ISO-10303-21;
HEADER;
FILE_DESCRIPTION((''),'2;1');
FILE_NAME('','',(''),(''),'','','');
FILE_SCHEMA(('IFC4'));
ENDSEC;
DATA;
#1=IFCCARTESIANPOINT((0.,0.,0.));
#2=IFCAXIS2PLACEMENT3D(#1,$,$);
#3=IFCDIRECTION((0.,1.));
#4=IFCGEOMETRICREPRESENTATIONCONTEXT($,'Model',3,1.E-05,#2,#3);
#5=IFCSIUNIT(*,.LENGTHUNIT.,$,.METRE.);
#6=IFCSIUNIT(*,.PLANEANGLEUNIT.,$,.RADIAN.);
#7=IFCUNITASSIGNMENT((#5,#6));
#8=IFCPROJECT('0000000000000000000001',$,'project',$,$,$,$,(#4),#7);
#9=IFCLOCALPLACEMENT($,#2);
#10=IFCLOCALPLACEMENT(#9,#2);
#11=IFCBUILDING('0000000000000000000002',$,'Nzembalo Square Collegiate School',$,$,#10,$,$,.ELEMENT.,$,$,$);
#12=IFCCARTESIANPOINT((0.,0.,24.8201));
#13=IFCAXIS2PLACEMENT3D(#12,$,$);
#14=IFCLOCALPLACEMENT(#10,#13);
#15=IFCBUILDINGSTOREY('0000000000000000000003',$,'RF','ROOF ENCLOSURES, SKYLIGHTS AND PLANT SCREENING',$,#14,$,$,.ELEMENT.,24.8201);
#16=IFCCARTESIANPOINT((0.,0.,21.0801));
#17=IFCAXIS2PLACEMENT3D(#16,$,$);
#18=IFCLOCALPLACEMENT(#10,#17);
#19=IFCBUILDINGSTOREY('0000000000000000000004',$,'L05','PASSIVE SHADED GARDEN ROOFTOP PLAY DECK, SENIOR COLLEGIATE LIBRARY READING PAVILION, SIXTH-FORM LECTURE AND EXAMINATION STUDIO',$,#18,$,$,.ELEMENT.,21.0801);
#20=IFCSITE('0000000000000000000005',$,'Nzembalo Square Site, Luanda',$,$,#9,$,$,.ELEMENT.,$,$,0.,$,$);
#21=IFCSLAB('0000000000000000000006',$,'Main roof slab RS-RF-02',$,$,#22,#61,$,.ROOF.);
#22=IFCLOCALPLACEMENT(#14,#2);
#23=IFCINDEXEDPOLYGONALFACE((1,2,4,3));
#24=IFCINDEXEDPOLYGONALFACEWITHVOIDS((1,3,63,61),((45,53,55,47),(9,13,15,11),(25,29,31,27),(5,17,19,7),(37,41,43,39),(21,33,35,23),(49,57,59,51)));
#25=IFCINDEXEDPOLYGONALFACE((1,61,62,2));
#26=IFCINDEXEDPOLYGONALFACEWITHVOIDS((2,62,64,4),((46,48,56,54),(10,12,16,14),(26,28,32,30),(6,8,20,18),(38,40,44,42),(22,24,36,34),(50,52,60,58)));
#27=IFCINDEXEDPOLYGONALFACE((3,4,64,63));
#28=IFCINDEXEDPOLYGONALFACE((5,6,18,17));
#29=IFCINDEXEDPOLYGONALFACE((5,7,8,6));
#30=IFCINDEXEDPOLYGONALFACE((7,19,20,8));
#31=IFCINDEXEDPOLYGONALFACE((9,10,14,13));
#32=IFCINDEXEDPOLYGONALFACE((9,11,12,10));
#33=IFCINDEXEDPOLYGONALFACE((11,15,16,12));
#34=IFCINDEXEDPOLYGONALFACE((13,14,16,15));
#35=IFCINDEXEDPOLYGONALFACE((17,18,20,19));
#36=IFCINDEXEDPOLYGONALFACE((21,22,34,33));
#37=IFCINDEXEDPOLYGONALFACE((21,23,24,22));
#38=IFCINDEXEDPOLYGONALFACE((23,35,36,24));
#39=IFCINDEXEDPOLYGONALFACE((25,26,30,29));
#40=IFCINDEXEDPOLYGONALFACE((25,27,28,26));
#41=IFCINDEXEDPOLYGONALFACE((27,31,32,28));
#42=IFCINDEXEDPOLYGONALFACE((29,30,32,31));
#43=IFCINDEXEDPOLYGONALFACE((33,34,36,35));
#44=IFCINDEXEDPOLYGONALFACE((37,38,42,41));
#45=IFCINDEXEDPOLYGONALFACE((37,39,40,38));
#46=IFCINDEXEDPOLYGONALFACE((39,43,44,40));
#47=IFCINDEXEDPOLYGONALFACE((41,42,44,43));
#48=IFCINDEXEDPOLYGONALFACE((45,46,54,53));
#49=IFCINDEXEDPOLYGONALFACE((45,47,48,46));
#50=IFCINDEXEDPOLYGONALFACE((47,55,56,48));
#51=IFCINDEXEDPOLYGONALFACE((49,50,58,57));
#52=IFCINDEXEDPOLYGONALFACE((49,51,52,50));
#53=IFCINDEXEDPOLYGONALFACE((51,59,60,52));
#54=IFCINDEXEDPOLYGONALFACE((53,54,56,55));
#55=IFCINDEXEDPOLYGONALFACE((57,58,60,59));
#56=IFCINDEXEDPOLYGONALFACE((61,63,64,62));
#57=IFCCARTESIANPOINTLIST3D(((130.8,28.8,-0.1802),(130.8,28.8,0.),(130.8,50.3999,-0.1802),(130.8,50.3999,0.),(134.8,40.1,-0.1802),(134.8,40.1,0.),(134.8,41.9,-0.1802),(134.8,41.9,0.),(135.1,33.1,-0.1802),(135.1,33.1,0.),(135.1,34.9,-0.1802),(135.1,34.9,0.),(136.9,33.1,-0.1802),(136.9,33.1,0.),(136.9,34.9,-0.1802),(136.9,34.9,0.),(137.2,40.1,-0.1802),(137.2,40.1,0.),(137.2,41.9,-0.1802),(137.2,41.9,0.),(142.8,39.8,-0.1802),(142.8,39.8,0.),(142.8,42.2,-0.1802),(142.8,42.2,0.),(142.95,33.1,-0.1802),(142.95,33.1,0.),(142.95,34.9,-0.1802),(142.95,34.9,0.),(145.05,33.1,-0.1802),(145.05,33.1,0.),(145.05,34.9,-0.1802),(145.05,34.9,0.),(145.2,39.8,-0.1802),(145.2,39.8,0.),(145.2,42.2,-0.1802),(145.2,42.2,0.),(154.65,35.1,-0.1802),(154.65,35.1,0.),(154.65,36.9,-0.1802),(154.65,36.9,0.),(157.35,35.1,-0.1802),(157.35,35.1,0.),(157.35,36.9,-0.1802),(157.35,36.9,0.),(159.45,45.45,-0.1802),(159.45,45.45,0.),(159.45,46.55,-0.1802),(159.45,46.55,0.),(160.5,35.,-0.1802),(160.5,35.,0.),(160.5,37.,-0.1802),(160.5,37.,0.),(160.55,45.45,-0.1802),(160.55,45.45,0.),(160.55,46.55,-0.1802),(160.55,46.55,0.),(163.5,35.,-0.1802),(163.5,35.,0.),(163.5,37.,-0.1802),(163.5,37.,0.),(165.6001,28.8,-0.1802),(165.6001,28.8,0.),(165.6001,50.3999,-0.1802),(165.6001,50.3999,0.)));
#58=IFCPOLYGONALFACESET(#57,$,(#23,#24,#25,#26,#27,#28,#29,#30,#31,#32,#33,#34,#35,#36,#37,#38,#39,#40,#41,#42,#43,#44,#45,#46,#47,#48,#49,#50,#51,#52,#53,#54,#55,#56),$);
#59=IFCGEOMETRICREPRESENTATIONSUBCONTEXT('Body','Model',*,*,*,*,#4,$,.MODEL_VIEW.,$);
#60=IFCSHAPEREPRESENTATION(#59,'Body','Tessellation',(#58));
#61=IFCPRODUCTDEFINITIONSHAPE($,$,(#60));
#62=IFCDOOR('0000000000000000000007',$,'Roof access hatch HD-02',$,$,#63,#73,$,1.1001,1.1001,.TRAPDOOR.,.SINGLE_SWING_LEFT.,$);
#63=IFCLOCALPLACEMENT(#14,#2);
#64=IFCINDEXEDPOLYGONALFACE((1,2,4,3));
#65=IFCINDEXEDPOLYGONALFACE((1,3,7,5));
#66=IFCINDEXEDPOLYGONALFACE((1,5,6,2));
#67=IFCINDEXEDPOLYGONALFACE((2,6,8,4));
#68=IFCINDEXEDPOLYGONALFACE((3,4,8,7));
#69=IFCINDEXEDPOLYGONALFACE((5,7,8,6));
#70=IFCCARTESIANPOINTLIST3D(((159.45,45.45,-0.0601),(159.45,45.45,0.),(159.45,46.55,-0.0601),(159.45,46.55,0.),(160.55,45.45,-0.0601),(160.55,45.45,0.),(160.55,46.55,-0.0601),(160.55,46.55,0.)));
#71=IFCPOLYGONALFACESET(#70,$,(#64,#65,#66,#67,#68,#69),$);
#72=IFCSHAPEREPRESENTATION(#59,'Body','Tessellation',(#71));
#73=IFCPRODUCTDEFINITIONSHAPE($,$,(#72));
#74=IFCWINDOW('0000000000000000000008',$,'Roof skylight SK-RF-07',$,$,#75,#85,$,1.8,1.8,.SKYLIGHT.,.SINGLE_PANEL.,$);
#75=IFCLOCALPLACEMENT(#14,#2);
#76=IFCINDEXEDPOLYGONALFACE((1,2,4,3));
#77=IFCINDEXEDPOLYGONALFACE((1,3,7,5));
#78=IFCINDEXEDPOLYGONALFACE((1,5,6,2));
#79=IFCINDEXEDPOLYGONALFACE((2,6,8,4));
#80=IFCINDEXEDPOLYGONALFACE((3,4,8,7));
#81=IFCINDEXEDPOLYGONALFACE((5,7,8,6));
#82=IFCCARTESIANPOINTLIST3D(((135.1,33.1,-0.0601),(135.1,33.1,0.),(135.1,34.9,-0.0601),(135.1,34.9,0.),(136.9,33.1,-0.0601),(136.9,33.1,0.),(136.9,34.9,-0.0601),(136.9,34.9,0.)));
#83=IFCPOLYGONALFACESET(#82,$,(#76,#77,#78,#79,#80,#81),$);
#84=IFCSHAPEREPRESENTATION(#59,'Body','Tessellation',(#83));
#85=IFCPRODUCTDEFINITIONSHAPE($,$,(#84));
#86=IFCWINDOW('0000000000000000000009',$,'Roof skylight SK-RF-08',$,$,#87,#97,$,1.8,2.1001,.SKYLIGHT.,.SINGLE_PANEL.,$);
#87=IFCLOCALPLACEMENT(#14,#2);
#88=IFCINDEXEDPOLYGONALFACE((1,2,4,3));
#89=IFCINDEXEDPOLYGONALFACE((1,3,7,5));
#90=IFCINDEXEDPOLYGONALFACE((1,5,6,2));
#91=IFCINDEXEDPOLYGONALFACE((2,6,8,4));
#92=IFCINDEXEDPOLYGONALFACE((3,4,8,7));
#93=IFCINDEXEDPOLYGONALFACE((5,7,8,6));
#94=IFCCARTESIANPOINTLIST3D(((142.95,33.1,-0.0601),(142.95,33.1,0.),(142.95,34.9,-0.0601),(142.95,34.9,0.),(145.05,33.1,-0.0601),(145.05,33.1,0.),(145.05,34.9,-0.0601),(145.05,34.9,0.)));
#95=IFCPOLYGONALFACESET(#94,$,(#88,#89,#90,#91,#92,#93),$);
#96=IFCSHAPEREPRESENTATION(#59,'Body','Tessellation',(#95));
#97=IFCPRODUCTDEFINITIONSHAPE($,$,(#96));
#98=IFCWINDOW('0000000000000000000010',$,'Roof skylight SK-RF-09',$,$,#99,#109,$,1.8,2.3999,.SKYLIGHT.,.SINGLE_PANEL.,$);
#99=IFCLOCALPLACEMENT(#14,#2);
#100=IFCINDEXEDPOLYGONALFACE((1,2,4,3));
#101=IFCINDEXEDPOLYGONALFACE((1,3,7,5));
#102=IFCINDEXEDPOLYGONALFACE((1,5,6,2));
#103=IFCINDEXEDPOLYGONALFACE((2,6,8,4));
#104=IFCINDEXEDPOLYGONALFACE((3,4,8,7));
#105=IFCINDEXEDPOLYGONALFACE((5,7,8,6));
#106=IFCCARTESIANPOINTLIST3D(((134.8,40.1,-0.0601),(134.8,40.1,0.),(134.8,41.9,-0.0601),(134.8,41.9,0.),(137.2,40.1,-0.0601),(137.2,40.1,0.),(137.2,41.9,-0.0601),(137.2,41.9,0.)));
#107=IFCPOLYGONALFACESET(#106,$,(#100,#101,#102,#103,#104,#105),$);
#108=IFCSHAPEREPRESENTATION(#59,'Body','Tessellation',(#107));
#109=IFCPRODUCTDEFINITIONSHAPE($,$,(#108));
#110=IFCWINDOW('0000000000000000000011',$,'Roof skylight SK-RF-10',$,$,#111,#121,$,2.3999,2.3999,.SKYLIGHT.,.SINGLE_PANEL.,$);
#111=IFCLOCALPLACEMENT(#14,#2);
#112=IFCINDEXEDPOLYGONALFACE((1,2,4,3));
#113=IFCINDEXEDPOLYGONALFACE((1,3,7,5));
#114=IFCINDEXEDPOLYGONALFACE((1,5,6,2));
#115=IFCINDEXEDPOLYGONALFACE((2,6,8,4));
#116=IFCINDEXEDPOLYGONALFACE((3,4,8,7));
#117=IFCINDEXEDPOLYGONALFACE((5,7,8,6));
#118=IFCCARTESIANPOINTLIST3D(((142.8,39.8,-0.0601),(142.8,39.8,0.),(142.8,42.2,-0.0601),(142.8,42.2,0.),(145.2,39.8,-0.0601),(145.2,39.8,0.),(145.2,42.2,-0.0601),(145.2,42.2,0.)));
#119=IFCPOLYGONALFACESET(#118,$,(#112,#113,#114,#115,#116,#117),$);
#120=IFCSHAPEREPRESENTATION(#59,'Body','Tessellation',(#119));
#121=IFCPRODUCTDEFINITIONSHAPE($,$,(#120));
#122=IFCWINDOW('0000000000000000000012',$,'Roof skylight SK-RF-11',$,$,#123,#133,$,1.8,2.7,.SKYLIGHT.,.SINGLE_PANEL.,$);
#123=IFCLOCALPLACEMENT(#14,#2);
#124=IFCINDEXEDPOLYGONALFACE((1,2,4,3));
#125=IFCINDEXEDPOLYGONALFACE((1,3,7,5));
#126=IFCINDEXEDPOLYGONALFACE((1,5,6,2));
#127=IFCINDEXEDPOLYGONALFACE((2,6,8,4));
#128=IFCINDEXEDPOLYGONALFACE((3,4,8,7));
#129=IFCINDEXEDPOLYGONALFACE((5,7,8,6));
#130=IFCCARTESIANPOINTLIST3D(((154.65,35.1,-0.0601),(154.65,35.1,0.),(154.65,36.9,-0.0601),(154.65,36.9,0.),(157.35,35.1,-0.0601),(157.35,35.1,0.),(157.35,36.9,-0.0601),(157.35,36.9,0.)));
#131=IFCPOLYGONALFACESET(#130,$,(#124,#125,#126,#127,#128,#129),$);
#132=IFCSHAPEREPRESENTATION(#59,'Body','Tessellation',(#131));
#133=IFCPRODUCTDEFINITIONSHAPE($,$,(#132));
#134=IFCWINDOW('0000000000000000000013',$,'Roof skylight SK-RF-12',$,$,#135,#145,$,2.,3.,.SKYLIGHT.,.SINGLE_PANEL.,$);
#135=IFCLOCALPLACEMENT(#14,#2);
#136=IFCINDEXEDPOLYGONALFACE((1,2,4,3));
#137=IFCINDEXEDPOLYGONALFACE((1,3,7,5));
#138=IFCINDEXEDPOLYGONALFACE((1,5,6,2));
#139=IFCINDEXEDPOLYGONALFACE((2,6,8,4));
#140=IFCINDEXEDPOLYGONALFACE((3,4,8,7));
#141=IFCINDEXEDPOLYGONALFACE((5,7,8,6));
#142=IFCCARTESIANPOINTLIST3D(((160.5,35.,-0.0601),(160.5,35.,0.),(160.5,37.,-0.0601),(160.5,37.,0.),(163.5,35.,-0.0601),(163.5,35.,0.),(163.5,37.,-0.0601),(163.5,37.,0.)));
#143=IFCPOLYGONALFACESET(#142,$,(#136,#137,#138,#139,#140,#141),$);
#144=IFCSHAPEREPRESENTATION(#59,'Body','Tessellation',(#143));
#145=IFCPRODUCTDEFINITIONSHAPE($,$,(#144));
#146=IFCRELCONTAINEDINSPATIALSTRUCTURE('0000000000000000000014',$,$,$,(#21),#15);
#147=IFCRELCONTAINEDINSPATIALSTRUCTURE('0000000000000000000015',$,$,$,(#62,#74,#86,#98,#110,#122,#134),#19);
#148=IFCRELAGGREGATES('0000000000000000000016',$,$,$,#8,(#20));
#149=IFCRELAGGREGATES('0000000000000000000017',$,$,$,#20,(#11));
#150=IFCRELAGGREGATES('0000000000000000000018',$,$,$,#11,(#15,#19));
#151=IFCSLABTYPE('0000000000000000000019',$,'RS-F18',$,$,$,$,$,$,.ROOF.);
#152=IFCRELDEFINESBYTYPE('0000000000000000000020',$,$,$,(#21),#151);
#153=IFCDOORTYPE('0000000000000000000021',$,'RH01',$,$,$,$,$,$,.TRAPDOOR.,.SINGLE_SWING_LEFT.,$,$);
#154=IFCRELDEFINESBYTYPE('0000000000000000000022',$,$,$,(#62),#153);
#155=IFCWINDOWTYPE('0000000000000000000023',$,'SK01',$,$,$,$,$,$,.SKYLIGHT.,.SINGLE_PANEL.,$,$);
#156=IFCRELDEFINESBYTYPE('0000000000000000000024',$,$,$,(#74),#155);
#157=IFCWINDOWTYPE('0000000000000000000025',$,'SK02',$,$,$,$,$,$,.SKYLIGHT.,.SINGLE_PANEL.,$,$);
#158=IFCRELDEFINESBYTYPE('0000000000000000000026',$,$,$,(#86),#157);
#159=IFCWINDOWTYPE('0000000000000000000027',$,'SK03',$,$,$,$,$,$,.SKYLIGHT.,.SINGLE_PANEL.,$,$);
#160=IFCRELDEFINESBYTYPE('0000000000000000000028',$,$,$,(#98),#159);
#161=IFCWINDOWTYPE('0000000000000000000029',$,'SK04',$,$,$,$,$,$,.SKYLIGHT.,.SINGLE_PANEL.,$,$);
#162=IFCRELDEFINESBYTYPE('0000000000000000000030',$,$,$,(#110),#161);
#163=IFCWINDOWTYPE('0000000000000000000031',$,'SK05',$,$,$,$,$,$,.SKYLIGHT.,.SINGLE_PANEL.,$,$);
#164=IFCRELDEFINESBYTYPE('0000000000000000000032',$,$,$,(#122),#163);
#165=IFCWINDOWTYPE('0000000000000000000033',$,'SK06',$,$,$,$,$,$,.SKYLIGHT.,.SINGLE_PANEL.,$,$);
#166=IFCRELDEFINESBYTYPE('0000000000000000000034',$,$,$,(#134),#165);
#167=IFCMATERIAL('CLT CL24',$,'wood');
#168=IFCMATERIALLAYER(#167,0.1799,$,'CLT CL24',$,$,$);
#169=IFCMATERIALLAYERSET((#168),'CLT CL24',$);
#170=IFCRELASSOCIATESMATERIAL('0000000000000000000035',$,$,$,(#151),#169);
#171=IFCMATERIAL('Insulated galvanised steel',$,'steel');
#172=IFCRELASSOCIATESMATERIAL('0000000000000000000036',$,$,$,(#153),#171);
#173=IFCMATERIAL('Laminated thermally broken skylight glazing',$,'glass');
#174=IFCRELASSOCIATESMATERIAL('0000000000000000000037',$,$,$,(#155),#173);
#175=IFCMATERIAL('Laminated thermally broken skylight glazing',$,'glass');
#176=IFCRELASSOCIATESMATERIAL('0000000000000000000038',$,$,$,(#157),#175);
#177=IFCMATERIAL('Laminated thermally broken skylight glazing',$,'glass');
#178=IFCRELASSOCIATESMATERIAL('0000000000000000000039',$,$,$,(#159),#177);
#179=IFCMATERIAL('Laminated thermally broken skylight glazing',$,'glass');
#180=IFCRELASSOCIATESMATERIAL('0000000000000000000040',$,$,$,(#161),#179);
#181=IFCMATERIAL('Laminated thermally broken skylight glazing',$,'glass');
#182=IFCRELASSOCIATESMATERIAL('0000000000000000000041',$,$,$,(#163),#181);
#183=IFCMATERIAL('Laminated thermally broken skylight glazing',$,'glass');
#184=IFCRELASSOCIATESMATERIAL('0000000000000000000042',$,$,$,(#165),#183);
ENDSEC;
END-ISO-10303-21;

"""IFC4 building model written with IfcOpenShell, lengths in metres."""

from ifc_helpers import new_model, si_unit, direction, frame, origin, origin_2d, place, context, subcontext, project, spatial, polyline, rectangle, outline, extrude, material, layer, layer_set, type_object, element, fill, save


model = new_model("IFC4")

# Units and contexts
model_context = context("Model", 3, precision=1e-05, world=origin(), true_north=direction((0.0, 1.0)))
body_context = subcontext(model_context, "Body", "Model", "MODEL_VIEW")
ifc_project = project(units=[si_unit("LENGTHUNIT", "METRE"), si_unit("PLANEANGLEUNIT", "RADIAN")], contexts=[model_context])

# Site, building, storey
site_placement = place(None, origin())
site = spatial("IfcSite", under=ifc_project, at=site_placement, Name="Nzembalo Square Site, Luanda", CompositionType="ELEMENT", RefElevation=0.0)
building_placement = place(site_placement, origin())
building = spatial("IfcBuilding", under=site, at=building_placement, Name="Nzembalo Square Collegiate School", CompositionType="ELEMENT")
storey_1_placement = place(building_placement, frame((0.0, 0.0, 24.8201)))
storey_1 = spatial("IfcBuildingStorey", under=building, at=storey_1_placement, Name="RF", Description="ROOF ENCLOSURES, SKYLIGHTS AND PLANT SCREENING", CompositionType="ELEMENT", Elevation=24.8201)

# Shared definitions
ifc_material_1 = material(Name="CLT CL24", Category="wood")
ifc_layer_1 = layer(ifc_material_1, 0.1799, Name="CLT CL24")
ifc_layer_set_1 = layer_set([ifc_layer_1], Name="CLT CL24")
slab_type_1 = type_object("IfcSlabType", Name="RS-F18", PredefinedType="ROOF", material=ifc_layer_set_1)

# Shared definitions
storey_2_placement = place(building_placement, frame((0.0, 0.0, 21.0801)))
storey_2 = spatial("IfcBuildingStorey", under=building, at=storey_2_placement, Name="L05", Description="PASSIVE SHADED GARDEN ROOFTOP PLAY DECK, SENIOR COLLEGIATE LIBRARY READING PAVILION, SIXTH-FORM LECTURE AND EXAMINATION STUDIO", CompositionType="ELEMENT", Elevation=21.0801)

# Shared definitions
ifc_material_2 = material(Name="Insulated galvanised steel", Category="steel")
door_type_1 = type_object("IfcDoorType", Name="RH01", OperationType="SINGLE_SWING_LEFT", PredefinedType="TRAPDOOR", material=ifc_material_2)

# Shared definitions
ifc_material_3 = material(Name="Laminated thermally broken skylight glazing", Category="glass")
window_type_1 = type_object("IfcWindowType", Name="SK01", PartitioningType="SINGLE_PANEL", PredefinedType="SKYLIGHT", material=ifc_material_3)
ifc_material_4 = material(Name="Laminated thermally broken skylight glazing", Category="glass")
window_type_2 = type_object("IfcWindowType", Name="SK02", PartitioningType="SINGLE_PANEL", PredefinedType="SKYLIGHT", material=ifc_material_4)
ifc_material_5 = material(Name="Laminated thermally broken skylight glazing", Category="glass")
window_type_3 = type_object("IfcWindowType", Name="SK03", PartitioningType="SINGLE_PANEL", PredefinedType="SKYLIGHT", material=ifc_material_5)
ifc_material_6 = material(Name="Laminated thermally broken skylight glazing", Category="glass")
window_type_4 = type_object("IfcWindowType", Name="SK04", PartitioningType="SINGLE_PANEL", PredefinedType="SKYLIGHT", material=ifc_material_6)
ifc_material_7 = material(Name="Laminated thermally broken skylight glazing", Category="glass")
window_type_5 = type_object("IfcWindowType", Name="SK05", PartitioningType="SINGLE_PANEL", PredefinedType="SKYLIGHT", material=ifc_material_7)
ifc_material_8 = material(Name="Laminated thermally broken skylight glazing", Category="glass")
window_type_6 = type_object("IfcWindowType", Name="SK06", PartitioningType="SINGLE_PANEL", PredefinedType="SKYLIGHT", material=ifc_material_8)

# Slab, openings, door, windows
slab_1_placement = place(storey_1_placement, frame((0.0, 0.0, -0.1802)))
slab_1 = element("IfcSlab", 1, at=slab_1_placement, inside=storey_1, type_object=slab_type_1, Name="Main roof slab RS-RF-02", PredefinedType="ROOF", context=body_context, shape_type="SweptSolid", body=[
    extrude(outline(polyline([(130.8, 28.8), (165.6001, 28.8), (165.6001, 50.3999), (130.8, 50.3999), (130.8, 28.8)])), origin(), (0.0, 0.0, 1.0), 0.1802),
])
opening_1_placement = place(slab_1_placement, frame((136.0, 34.0, -0.01)))
opening_1 = element("IfcOpeningElement", 2, at=opening_1_placement, cuts=slab_1, PredefinedType="OPENING", context=body_context, shape_type="SweptSolid", body=[
    extrude(rectangle(XDim=1.8, YDim=1.8, at=origin_2d()), origin(), (0.0, 0.0, 1.0), 0.2002),
])
opening_2_placement = place(slab_1_placement, frame((144.0, 34.0, -0.01)))
opening_2 = element("IfcOpeningElement", 3, at=opening_2_placement, cuts=slab_1, PredefinedType="OPENING", context=body_context, shape_type="SweptSolid", body=[
    extrude(rectangle(XDim=2.1001, YDim=1.8, at=origin_2d()), origin(), (0.0, 0.0, 1.0), 0.2002),
])
opening_3_placement = place(slab_1_placement, frame((136.0, 41.0, -0.01)))
opening_3 = element("IfcOpeningElement", 4, at=opening_3_placement, cuts=slab_1, PredefinedType="OPENING", context=body_context, shape_type="SweptSolid", body=[
    extrude(rectangle(XDim=2.3999, YDim=1.8, at=origin_2d()), origin(), (0.0, 0.0, 1.0), 0.2002),
])
opening_4_placement = place(slab_1_placement, frame((144.0, 41.0, -0.01)))
opening_4 = element("IfcOpeningElement", 5, at=opening_4_placement, cuts=slab_1, PredefinedType="OPENING", context=body_context, shape_type="SweptSolid", body=[
    extrude(rectangle(XDim=2.3999, YDim=2.3999, at=origin_2d()), origin(), (0.0, 0.0, 1.0), 0.2002),
])
opening_5_placement = place(slab_1_placement, frame((156.0, 36.0, -0.01)))
opening_5 = element("IfcOpeningElement", 6, at=opening_5_placement, cuts=slab_1, PredefinedType="OPENING", context=body_context, shape_type="SweptSolid", body=[
    extrude(rectangle(XDim=2.7, YDim=1.8, at=origin_2d()), origin(), (0.0, 0.0, 1.0), 0.2002),
])
opening_6_placement = place(slab_1_placement, frame((162.0, 36.0, -0.01)))
opening_6 = element("IfcOpeningElement", 7, at=opening_6_placement, cuts=slab_1, PredefinedType="OPENING", context=body_context, shape_type="SweptSolid", body=[
    extrude(rectangle(XDim=3.0, YDim=2.0, at=origin_2d()), origin(), (0.0, 0.0, 1.0), 0.2002),
])
opening_7_placement = place(slab_1_placement, frame((160.0, 46.0, -0.01)))
opening_7 = element("IfcOpeningElement", 8, at=opening_7_placement, cuts=slab_1, PredefinedType="OPENING", context=body_context, shape_type="SweptSolid", body=[
    extrude(rectangle(XDim=1.1001, YDim=1.1001, at=origin_2d()), origin(), (0.0, 0.0, 1.0), 0.2002),
])
door_1_placement = place(slab_1_placement, frame((160.0, 46.0, 0.1201)))
door_1 = element("IfcDoor", 9, at=door_1_placement, inside=storey_2, type_object=door_type_1, Name="Roof access hatch HD-02", OperationType="SINGLE_SWING_LEFT", OverallHeight=1.1001, OverallWidth=1.1001, PredefinedType="TRAPDOOR", context=body_context, shape_type="SweptSolid", body=[
    extrude(rectangle(XDim=1.1001, YDim=1.1001, at=origin_2d()), origin(), (0.0, 0.0, 1.0), 0.0601),
])
fill(opening_7, door_1)
window_1_placement = place(slab_1_placement, frame((136.0, 34.0, 0.1201)))
window_1 = element("IfcWindow", 10, at=window_1_placement, inside=storey_2, type_object=window_type_1, Name="Roof skylight SK-RF-07", OverallHeight=1.8, OverallWidth=1.8, PartitioningType="SINGLE_PANEL", PredefinedType="SKYLIGHT", context=body_context, shape_type="SweptSolid", body=[
    extrude(rectangle(XDim=1.8, YDim=1.8, at=origin_2d()), origin(), (0.0, 0.0, 1.0), 0.0601),
])
fill(opening_1, window_1)
window_2_placement = place(slab_1_placement, frame((144.0, 34.0, 0.1201)))
window_2 = element("IfcWindow", 11, at=window_2_placement, inside=storey_2, type_object=window_type_2, Name="Roof skylight SK-RF-08", OverallHeight=1.8, OverallWidth=2.1001, PartitioningType="SINGLE_PANEL", PredefinedType="SKYLIGHT", context=body_context, shape_type="SweptSolid", body=[
    extrude(rectangle(XDim=2.1001, YDim=1.8, at=origin_2d()), origin(), (0.0, 0.0, 1.0), 0.0601),
])
fill(opening_2, window_2)
window_3_placement = place(slab_1_placement, frame((136.0, 41.0, 0.1201)))
window_3 = element("IfcWindow", 12, at=window_3_placement, inside=storey_2, type_object=window_type_3, Name="Roof skylight SK-RF-09", OverallHeight=1.8, OverallWidth=2.3999, PartitioningType="SINGLE_PANEL", PredefinedType="SKYLIGHT", context=body_context, shape_type="SweptSolid", body=[
    extrude(rectangle(XDim=2.3999, YDim=1.8, at=origin_2d()), origin(), (0.0, 0.0, 1.0), 0.0601),
])
fill(opening_3, window_3)
window_4_placement = place(slab_1_placement, frame((144.0, 41.0, 0.1201)))
window_4 = element("IfcWindow", 13, at=window_4_placement, inside=storey_2, type_object=window_type_4, Name="Roof skylight SK-RF-10", OverallHeight=2.3999, OverallWidth=2.3999, PartitioningType="SINGLE_PANEL", PredefinedType="SKYLIGHT", context=body_context, shape_type="SweptSolid", body=[
    extrude(rectangle(XDim=2.3999, YDim=2.3999, at=origin_2d()), origin(), (0.0, 0.0, 1.0), 0.0601),
])
fill(opening_4, window_4)
window_5_placement = place(slab_1_placement, frame((156.0, 36.0, 0.1201)))
window_5 = element("IfcWindow", 14, at=window_5_placement, inside=storey_2, type_object=window_type_5, Name="Roof skylight SK-RF-11", OverallHeight=1.8, OverallWidth=2.7, PartitioningType="SINGLE_PANEL", PredefinedType="SKYLIGHT", context=body_context, shape_type="SweptSolid", body=[
    extrude(rectangle(XDim=2.7, YDim=1.8, at=origin_2d()), origin(), (0.0, 0.0, 1.0), 0.0601),
])
fill(opening_5, window_5)
window_6_placement = place(slab_1_placement, frame((162.0, 36.0, 0.1201)))
window_6 = element("IfcWindow", 15, at=window_6_placement, inside=storey_2, type_object=window_type_6, Name="Roof skylight SK-RF-12", OverallHeight=2.0, OverallWidth=3.0, PartitioningType="SINGLE_PANEL", PredefinedType="SKYLIGHT", context=body_context, shape_type="SweptSolid", body=[
    extrude(rectangle(XDim=3.0, YDim=2.0, at=origin_2d()), origin(), (0.0, 0.0, 1.0), 0.0601),
])
fill(opening_6, window_6)

save(model, "model.ifc")
